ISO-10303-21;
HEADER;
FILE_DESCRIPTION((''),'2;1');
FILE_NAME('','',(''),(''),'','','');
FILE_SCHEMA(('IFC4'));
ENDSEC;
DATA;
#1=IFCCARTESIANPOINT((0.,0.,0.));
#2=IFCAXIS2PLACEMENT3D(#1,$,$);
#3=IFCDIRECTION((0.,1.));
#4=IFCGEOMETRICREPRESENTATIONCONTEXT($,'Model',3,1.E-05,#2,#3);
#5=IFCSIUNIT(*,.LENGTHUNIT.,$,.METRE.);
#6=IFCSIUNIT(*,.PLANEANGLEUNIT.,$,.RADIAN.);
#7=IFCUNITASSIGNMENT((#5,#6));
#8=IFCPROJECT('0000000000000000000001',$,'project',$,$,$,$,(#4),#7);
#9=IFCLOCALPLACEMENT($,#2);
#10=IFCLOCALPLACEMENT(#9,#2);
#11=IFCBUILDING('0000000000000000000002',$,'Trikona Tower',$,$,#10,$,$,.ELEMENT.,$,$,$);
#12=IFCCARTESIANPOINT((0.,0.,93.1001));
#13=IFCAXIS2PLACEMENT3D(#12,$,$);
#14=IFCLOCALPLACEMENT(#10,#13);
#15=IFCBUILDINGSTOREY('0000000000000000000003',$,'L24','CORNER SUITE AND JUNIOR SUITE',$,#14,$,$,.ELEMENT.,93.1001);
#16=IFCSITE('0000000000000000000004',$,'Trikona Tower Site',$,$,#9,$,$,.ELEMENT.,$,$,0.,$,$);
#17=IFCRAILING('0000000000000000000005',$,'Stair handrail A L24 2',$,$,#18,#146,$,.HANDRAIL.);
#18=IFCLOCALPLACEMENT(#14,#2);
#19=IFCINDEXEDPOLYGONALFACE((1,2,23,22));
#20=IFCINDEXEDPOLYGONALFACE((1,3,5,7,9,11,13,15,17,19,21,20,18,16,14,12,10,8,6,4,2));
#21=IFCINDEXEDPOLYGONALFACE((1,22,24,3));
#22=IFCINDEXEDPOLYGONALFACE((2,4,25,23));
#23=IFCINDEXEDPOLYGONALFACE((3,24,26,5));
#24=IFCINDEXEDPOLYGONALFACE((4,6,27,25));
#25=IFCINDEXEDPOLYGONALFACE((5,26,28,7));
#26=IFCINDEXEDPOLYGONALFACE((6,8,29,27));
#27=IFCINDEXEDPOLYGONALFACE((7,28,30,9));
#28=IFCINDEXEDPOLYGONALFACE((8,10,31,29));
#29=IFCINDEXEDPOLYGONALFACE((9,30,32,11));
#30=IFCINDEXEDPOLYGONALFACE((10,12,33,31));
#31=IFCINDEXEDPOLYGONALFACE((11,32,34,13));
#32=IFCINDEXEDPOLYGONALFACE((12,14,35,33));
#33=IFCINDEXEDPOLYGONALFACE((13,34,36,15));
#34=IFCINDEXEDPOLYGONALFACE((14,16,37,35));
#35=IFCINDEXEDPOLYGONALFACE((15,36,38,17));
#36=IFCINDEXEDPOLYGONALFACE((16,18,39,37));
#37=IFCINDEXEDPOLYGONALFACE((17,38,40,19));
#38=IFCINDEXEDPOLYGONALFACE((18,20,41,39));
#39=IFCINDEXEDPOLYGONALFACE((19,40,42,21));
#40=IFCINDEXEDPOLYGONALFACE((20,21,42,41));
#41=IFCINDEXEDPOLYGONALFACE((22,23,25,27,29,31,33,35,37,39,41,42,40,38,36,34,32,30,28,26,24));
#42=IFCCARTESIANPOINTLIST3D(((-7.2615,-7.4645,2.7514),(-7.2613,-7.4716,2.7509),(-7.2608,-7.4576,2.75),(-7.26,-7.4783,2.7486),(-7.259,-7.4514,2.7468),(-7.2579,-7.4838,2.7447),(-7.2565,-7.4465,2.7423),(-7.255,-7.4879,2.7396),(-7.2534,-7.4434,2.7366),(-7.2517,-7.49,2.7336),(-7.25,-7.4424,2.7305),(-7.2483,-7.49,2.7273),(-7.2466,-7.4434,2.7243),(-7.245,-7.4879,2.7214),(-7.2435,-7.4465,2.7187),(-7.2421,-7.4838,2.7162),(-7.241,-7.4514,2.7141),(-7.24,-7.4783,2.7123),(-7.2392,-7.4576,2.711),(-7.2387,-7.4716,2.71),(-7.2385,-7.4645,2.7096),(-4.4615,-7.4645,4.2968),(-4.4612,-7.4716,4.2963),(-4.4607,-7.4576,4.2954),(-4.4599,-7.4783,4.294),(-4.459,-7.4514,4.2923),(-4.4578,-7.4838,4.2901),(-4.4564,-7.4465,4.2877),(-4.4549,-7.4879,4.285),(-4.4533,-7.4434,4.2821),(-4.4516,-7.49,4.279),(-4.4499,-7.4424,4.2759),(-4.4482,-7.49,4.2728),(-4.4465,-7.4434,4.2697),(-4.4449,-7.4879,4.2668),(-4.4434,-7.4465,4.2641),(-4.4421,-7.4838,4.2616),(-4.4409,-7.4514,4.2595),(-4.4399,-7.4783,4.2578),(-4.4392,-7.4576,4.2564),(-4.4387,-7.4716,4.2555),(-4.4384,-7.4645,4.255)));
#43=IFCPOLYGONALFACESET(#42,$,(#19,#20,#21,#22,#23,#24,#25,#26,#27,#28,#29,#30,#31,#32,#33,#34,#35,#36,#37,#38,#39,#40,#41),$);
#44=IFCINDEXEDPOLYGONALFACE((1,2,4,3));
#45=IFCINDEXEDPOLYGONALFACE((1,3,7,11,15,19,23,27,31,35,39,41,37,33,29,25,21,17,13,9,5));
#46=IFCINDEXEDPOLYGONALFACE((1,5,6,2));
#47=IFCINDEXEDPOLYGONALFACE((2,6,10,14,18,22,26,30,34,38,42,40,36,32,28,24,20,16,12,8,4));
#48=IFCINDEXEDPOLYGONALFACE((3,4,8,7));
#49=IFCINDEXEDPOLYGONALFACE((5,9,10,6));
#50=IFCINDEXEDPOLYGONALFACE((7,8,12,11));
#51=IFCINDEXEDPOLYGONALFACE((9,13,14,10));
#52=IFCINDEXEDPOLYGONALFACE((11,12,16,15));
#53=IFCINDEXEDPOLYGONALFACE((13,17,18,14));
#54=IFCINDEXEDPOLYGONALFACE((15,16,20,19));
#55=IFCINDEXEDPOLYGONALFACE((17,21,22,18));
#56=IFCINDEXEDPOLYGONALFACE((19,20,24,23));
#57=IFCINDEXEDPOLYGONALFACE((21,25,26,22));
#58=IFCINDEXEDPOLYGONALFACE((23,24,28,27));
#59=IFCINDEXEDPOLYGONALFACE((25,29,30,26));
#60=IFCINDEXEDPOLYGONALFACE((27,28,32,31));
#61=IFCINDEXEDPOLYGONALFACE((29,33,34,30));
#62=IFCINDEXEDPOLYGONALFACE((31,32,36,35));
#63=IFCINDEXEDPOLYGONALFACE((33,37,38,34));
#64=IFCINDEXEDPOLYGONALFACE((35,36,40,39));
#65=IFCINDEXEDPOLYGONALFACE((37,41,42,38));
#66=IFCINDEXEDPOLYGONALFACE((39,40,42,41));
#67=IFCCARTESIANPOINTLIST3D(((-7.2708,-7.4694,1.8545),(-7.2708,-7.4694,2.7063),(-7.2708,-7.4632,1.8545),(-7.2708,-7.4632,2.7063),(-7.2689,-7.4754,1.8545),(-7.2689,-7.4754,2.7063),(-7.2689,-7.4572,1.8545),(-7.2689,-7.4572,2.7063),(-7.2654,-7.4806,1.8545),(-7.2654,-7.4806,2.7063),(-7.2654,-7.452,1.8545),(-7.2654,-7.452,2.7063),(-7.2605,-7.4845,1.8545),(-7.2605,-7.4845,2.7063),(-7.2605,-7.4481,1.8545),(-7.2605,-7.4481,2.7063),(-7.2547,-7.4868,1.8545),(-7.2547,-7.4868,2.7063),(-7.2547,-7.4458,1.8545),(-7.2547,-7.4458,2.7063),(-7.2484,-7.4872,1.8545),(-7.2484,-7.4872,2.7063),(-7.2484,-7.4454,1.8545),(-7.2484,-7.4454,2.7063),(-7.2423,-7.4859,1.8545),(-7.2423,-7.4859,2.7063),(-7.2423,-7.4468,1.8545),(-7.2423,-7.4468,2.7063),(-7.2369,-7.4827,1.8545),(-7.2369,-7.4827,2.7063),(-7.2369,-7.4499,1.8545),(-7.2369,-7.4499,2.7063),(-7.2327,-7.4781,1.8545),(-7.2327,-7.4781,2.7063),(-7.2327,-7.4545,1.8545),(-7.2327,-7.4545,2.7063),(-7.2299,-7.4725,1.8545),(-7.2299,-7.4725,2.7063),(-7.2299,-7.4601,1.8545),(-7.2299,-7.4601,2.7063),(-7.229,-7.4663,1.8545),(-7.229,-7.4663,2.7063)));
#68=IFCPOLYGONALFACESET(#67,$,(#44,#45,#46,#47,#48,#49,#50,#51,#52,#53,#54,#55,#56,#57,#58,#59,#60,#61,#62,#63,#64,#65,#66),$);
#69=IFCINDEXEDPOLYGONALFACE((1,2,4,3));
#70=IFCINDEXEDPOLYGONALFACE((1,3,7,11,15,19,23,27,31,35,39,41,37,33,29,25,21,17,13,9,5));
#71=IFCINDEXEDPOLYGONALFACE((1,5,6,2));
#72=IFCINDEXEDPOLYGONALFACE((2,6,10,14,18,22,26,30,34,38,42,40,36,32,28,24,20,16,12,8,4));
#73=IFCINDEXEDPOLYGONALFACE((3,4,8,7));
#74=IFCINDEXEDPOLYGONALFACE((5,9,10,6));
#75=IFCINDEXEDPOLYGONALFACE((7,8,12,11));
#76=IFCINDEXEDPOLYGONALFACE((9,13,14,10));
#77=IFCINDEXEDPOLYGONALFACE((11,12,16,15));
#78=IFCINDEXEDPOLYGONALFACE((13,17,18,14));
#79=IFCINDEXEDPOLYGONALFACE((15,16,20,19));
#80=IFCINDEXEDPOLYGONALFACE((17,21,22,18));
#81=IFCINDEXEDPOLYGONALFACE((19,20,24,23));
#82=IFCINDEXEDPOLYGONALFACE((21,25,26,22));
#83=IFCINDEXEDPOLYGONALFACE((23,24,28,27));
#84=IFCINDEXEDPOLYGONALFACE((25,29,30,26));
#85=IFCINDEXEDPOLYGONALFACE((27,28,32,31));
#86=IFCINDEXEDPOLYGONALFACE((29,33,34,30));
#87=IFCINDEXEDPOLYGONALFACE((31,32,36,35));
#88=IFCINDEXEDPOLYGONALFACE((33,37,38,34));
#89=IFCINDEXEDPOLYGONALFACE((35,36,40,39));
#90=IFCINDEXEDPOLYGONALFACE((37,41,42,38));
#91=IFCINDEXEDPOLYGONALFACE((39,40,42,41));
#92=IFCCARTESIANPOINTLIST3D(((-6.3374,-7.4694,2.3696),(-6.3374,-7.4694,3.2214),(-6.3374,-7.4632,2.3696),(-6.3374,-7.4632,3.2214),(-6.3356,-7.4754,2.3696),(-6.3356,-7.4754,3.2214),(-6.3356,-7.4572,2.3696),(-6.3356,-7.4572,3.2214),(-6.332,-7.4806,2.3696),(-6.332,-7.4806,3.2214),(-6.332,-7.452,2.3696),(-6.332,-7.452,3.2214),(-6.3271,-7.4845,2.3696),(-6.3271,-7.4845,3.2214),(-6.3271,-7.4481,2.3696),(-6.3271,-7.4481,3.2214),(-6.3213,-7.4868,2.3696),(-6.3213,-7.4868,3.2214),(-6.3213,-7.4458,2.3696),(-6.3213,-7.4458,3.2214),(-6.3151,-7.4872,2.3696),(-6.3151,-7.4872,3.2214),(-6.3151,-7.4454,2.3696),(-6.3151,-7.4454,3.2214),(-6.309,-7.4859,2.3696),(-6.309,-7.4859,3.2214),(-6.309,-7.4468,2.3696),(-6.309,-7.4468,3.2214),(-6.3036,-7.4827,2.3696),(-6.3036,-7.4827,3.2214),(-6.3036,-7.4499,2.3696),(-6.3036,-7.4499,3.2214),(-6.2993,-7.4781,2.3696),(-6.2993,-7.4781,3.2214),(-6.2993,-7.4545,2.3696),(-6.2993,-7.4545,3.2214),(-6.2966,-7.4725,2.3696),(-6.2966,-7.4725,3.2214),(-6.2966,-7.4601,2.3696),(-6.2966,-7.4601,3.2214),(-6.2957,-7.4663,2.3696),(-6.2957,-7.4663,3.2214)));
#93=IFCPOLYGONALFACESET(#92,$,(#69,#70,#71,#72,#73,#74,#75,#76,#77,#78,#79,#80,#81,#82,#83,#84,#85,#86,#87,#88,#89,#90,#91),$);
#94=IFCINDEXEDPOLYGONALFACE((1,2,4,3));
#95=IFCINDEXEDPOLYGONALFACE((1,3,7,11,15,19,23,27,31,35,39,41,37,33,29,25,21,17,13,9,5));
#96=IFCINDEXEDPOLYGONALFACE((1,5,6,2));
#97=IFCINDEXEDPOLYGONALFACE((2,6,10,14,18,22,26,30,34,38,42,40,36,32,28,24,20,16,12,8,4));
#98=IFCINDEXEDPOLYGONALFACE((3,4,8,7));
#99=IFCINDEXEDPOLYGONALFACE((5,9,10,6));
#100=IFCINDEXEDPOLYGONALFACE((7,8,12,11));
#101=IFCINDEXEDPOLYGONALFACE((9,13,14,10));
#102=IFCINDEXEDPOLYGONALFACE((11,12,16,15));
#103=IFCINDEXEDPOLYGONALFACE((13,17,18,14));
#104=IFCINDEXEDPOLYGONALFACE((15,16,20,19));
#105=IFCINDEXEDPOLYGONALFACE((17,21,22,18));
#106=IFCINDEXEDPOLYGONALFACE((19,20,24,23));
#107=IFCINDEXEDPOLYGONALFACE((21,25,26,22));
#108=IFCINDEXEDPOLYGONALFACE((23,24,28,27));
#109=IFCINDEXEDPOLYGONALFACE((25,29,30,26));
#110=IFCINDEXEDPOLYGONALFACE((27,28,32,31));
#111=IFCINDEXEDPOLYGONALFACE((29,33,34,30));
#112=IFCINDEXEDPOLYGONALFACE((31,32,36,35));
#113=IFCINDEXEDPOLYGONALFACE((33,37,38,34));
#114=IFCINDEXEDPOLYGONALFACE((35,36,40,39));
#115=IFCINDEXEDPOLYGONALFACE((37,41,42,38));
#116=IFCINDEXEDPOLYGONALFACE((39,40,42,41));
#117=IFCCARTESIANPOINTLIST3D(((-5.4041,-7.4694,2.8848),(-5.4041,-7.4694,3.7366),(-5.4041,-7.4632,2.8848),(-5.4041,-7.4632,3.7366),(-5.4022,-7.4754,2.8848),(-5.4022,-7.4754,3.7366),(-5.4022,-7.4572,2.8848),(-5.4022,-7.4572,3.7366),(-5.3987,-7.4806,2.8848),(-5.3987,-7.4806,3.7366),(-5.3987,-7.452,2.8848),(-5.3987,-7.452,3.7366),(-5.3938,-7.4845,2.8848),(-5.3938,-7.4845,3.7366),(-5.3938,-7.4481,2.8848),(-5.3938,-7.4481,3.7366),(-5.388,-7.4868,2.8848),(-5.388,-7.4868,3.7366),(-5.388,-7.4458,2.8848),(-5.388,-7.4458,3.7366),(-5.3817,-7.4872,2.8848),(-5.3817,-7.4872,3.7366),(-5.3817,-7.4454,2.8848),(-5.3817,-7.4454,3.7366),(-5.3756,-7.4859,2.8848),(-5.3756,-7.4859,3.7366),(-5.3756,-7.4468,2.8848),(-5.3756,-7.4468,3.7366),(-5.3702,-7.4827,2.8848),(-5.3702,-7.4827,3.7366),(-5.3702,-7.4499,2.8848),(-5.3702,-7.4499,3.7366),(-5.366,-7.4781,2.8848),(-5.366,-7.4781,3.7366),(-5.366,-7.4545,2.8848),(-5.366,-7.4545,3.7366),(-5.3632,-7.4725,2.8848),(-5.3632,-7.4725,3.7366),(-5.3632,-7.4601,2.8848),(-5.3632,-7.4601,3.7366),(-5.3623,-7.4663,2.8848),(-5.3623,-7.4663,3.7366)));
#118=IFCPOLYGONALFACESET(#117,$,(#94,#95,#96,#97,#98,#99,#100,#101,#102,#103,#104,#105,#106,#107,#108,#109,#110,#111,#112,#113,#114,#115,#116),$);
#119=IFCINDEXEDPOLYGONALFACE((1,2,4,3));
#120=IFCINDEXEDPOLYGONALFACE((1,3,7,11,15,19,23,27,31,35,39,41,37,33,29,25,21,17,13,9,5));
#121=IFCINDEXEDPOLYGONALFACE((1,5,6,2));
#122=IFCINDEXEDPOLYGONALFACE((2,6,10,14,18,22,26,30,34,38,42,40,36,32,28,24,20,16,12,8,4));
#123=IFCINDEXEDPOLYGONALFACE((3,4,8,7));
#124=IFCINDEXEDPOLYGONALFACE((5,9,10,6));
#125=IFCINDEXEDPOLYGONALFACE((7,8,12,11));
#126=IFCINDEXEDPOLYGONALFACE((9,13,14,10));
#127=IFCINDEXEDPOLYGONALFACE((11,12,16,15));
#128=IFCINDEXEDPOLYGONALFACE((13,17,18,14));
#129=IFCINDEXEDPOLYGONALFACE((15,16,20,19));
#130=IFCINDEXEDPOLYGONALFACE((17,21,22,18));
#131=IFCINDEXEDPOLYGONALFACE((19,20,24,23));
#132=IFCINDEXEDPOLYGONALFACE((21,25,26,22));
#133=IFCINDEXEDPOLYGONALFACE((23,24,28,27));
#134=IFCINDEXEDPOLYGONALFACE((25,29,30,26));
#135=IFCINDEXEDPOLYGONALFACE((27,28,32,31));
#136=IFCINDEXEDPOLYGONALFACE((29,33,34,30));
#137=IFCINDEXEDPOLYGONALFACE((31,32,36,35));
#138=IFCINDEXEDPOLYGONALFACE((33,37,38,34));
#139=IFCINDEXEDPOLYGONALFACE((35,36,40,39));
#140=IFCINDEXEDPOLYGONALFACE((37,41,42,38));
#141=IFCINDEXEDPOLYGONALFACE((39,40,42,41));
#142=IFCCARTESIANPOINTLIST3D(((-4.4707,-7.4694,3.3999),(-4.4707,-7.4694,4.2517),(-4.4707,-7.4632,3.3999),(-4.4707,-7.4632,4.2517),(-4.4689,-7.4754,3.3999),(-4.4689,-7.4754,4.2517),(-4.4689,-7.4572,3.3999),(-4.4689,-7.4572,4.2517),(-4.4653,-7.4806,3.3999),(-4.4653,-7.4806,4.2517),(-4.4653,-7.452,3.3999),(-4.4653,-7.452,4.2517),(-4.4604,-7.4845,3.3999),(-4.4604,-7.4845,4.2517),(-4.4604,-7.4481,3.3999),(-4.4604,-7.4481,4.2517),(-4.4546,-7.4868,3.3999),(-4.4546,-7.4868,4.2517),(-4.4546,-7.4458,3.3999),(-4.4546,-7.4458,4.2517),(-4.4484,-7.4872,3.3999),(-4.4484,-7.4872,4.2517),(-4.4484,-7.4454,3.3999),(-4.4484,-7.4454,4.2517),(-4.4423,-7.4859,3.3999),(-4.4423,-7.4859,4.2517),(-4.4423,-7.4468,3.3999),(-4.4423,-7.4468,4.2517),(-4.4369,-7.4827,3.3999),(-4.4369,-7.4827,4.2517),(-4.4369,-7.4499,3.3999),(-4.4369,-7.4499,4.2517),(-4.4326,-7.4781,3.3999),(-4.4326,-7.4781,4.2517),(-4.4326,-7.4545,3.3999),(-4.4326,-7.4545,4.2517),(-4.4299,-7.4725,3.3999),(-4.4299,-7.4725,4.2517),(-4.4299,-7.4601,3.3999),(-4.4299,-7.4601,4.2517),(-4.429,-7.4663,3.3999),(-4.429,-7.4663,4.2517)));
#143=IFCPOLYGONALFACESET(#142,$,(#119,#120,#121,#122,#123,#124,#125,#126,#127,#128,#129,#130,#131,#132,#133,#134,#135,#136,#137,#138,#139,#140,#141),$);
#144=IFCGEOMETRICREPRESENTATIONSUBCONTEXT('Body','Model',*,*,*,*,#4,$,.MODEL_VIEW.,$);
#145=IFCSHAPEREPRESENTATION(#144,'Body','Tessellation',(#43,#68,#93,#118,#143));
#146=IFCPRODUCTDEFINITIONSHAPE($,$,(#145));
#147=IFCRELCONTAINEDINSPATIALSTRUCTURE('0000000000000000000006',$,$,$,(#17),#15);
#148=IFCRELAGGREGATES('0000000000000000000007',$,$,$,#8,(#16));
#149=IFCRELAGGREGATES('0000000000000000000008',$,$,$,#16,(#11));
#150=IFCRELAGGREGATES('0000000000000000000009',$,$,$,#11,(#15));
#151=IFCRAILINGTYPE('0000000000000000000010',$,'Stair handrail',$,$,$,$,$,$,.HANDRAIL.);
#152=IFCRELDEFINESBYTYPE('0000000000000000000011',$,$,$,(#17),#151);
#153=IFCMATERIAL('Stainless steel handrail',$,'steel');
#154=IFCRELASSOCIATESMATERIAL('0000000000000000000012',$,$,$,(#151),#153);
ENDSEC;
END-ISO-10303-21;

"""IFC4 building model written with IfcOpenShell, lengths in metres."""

from ifc_helpers import new_model, si_unit, direction, frame, origin, origin_2d, place, context, subcontext, project, spatial, circle, extrude, material, type_object, element, save


model = new_model("IFC4")

# Units and contexts
model_context = context("Model", 3, precision=1e-05, world=origin(), true_north=direction((0.0, 1.0)))
body_context = subcontext(model_context, "Body", "Model", "MODEL_VIEW")
ifc_project = project(units=[si_unit("LENGTHUNIT", "METRE"), si_unit("PLANEANGLEUNIT", "RADIAN")], contexts=[model_context])

# Site, building, storey
site_placement = place(None, origin())
site = spatial("IfcSite", under=ifc_project, at=site_placement, Name="Trikona Tower Site", CompositionType="ELEMENT", RefElevation=0.0)
building_placement = place(site_placement, origin())
building = spatial("IfcBuilding", under=site, at=building_placement, Name="Trikona Tower", CompositionType="ELEMENT")
storey_placement = place(building_placement, frame((0.0, 0.0, 93.1001)))
storey = spatial("IfcBuildingStorey", under=building, at=storey_placement, Name="L24", Description="CORNER SUITE AND JUNIOR SUITE", CompositionType="ELEMENT", Elevation=93.1001)

# Railing
ifc_material_1 = material(Name="Stainless steel handrail", Category="steel")
railing_type = type_object("IfcRailingType", Name="Stair handrail", PredefinedType="HANDRAIL", material=ifc_material_1)
railing_1_placement = place(storey_placement, frame((-7.25, -7.4663, 1.8545)))
element("IfcRailing", 1, at=railing_1_placement, inside=storey, type_object=railing_type, Name="Stair handrail A L24 2", PredefinedType="HANDRAIL", context=body_context, shape_type="SweptSolid", body=[
    extrude(circle(Radius=0.0239, at=origin_2d()), frame((0.0, 0.0, 0.876), z_axis=(0.875504, 0.0, 0.483211), x_axis=(0.0, 1.0, 0.0)), (0.0, 0.0, 1.0), 3.1982),
    extrude(circle(Radius=0.021, at=origin_2d()), origin(), (0.0, 0.0, 1.0), 0.8518),
    extrude(circle(Radius=0.021, at=origin_2d()), frame((0.9333, 0.0, 0.5151)), (0.0, 0.0, 1.0), 0.8518),
    extrude(circle(Radius=0.021, at=origin_2d()), frame((1.8667, 0.0, 1.0303)), (0.0, 0.0, 1.0), 0.8518),
    extrude(circle(Radius=0.021, at=origin_2d()), frame((2.8, 0.0, 1.5454)), (0.0, 0.0, 1.0), 0.8518),
])

save(model, "model.ifc")
